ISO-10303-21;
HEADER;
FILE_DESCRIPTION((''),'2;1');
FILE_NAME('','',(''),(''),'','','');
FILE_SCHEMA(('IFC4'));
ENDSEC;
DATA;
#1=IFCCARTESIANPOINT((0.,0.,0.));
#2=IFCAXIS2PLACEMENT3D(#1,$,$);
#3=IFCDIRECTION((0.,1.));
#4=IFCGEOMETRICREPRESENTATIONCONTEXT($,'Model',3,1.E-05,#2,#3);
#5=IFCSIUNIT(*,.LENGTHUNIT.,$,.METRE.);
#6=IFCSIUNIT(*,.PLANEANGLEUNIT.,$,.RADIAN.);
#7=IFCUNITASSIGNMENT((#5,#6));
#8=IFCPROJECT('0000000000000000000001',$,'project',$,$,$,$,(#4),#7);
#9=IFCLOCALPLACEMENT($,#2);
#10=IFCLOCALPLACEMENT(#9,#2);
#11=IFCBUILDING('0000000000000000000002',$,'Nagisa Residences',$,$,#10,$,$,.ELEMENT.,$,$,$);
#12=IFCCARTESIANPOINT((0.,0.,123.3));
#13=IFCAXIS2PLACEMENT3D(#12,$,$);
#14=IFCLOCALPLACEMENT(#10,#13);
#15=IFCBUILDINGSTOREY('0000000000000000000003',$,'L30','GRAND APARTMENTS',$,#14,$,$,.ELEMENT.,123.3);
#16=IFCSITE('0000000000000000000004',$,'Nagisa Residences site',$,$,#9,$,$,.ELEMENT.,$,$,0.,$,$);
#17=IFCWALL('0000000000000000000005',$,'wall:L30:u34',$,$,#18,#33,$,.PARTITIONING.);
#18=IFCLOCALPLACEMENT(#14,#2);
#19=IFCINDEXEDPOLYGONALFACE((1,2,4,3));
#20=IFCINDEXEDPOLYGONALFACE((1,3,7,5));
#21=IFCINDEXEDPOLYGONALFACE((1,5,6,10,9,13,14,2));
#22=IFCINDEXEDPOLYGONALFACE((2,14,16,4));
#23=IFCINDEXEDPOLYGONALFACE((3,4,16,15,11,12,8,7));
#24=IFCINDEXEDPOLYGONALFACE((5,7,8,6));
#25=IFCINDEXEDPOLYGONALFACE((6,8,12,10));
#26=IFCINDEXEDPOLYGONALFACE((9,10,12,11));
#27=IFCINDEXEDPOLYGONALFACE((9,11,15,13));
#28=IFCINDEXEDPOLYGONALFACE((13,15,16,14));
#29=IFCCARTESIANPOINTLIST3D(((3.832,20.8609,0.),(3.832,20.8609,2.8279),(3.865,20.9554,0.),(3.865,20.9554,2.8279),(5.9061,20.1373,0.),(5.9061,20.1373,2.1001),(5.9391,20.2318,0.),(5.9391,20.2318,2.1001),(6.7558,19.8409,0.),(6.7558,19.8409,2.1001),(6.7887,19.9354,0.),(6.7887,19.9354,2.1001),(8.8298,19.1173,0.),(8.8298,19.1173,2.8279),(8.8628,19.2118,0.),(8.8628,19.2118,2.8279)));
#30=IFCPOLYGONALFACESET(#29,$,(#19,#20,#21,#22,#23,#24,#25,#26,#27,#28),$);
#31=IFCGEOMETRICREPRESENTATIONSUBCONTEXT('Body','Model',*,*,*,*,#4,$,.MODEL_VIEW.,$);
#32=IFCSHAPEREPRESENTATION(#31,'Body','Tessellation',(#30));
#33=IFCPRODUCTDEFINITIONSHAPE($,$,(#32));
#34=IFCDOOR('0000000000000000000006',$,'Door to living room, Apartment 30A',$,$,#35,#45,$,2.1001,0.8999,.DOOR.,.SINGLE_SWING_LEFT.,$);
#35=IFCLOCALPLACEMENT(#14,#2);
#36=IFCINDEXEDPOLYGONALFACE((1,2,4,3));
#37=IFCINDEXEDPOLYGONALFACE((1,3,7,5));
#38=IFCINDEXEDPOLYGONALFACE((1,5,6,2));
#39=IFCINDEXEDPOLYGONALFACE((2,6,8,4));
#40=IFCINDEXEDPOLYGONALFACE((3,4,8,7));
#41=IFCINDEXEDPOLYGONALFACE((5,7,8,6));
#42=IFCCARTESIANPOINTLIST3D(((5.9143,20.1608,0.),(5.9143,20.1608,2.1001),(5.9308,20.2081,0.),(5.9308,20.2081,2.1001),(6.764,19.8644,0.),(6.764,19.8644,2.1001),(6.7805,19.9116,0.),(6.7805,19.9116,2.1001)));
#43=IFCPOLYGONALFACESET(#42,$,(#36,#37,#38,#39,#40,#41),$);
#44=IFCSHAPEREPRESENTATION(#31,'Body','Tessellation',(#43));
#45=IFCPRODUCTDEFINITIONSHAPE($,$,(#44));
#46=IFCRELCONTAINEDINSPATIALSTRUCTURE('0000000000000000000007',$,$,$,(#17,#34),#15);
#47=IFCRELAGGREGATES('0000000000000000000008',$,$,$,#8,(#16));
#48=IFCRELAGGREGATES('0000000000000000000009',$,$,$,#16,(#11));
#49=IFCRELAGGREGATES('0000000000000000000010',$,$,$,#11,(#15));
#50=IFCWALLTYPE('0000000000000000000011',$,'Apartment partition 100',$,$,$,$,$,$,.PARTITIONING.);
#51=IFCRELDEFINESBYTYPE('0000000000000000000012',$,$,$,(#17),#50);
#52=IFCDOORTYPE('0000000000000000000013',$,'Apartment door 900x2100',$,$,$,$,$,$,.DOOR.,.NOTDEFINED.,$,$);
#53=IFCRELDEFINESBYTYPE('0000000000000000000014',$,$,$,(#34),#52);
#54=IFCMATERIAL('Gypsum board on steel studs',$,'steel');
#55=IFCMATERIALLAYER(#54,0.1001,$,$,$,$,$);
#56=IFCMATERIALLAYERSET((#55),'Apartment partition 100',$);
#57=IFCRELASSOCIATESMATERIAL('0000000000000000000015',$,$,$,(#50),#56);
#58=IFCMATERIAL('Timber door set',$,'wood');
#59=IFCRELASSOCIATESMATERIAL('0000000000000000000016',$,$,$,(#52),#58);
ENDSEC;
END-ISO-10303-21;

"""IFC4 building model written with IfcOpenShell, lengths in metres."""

from ifc_helpers import new_model, si_unit, direction, frame, frame_2d, origin, place, context, subcontext, project, spatial, rectangle, extrude, material, layer, layer_set, type_object, element, fill, save


model = new_model("IFC4")

# Units and contexts
model_context = context("Model", 3, precision=1e-05, world=origin(), true_north=direction((0.0, 1.0)))
body_context = subcontext(model_context, "Body", "Model", "MODEL_VIEW")
ifc_project = project(units=[si_unit("LENGTHUNIT", "METRE"), si_unit("PLANEANGLEUNIT", "RADIAN")], contexts=[model_context])

# Site, building, storey
site_placement = place(None, origin())
site = spatial("IfcSite", under=ifc_project, at=site_placement, Name="Nagisa Residences site", CompositionType="ELEMENT", RefElevation=0.0)
building_placement = place(site_placement, origin())
building = spatial("IfcBuilding", under=site, at=building_placement, Name="Nagisa Residences", CompositionType="ELEMENT")
storey_placement = place(building_placement, frame((0.0, 0.0, 123.3)))
storey = spatial("IfcBuildingStorey", under=building, at=storey_placement, Name="L30", Description="GRAND APARTMENTS", CompositionType="ELEMENT", Elevation=123.3)

# Shared definitions
ifc_material_1 = material(Name="Gypsum board on steel studs", Category="steel")
ifc_layer_1 = layer(ifc_material_1, 0.1001)
ifc_layer_set_1 = layer_set([ifc_layer_1], Name="Apartment partition 100")
wall_type_1 = type_object("IfcWallType", Name="Apartment partition 100", PredefinedType="PARTITIONING", material=ifc_layer_set_1)

# Wall, opening, door
ifc_material_2 = material(Name="Timber door set", Category="wood")
door_type_1 = type_object("IfcDoorType", Name="Apartment door 900x2100", OperationType="NOTDEFINED", PredefinedType="DOOR", material=ifc_material_2)
wall_1_placement = place(storey_placement, frame((8.8462, 19.1646, 0.0), z_axis=(0.0, 0.0, 1.0), x_axis=(-0.944187, 0.329411, 0.0)))
wall_1 = element("IfcWall", 1, at=wall_1_placement, inside=storey, type_object=wall_type_1, Name="wall:L30:u34", PredefinedType="PARTITIONING", context=body_context, shape_type="SweptSolid", body=[
    extrude(rectangle(XDim=5.2932, YDim=0.1001, at=frame_2d((2.6465, 0.0))), origin(), (0.0, 0.0, 1.0), 2.8279),
])
opening_1_placement = place(wall_1_placement, frame((2.1965, 0.0, 0.0)))
opening_1 = element("IfcOpeningElement", 2, at=opening_1_placement, cuts=wall_1, PredefinedType="OPENING", context=body_context, shape_type="SweptSolid", body=[
    extrude(rectangle(XDim=0.8999, YDim=2.1001, at=frame_2d((0.45, 1.05))), frame((0.0, 0.0601, 0.0), z_axis=(0.0, -1.0, 0.0), x_axis=(1.0, 0.0, 0.0)), (0.0, 0.0, 1.0), 0.1201),
])
door_1_placement = place(opening_1_placement, frame((0.8999, 0.0, 0.0), x_axis=(-1.0, 0.0, 0.0)))
door_1 = element("IfcDoor", 3, at=door_1_placement, inside=storey, type_object=door_type_1, Name="Door to living room, Apartment 30A", OperationType="SINGLE_SWING_LEFT", OverallHeight=2.1001, OverallWidth=0.8999, PredefinedType="DOOR", context=body_context, shape_type="SweptSolid", body=[
    extrude(rectangle(XDim=0.8999, YDim=2.1001, at=frame_2d((0.45, 1.05))), frame((0.0, 0.0249, 0.0), z_axis=(0.0, -1.0, 0.0), x_axis=(1.0, 0.0, 0.0)), (0.0, 0.0, 1.0), 0.05),
])
fill(opening_1, door_1)

save(model, "model.ifc")
